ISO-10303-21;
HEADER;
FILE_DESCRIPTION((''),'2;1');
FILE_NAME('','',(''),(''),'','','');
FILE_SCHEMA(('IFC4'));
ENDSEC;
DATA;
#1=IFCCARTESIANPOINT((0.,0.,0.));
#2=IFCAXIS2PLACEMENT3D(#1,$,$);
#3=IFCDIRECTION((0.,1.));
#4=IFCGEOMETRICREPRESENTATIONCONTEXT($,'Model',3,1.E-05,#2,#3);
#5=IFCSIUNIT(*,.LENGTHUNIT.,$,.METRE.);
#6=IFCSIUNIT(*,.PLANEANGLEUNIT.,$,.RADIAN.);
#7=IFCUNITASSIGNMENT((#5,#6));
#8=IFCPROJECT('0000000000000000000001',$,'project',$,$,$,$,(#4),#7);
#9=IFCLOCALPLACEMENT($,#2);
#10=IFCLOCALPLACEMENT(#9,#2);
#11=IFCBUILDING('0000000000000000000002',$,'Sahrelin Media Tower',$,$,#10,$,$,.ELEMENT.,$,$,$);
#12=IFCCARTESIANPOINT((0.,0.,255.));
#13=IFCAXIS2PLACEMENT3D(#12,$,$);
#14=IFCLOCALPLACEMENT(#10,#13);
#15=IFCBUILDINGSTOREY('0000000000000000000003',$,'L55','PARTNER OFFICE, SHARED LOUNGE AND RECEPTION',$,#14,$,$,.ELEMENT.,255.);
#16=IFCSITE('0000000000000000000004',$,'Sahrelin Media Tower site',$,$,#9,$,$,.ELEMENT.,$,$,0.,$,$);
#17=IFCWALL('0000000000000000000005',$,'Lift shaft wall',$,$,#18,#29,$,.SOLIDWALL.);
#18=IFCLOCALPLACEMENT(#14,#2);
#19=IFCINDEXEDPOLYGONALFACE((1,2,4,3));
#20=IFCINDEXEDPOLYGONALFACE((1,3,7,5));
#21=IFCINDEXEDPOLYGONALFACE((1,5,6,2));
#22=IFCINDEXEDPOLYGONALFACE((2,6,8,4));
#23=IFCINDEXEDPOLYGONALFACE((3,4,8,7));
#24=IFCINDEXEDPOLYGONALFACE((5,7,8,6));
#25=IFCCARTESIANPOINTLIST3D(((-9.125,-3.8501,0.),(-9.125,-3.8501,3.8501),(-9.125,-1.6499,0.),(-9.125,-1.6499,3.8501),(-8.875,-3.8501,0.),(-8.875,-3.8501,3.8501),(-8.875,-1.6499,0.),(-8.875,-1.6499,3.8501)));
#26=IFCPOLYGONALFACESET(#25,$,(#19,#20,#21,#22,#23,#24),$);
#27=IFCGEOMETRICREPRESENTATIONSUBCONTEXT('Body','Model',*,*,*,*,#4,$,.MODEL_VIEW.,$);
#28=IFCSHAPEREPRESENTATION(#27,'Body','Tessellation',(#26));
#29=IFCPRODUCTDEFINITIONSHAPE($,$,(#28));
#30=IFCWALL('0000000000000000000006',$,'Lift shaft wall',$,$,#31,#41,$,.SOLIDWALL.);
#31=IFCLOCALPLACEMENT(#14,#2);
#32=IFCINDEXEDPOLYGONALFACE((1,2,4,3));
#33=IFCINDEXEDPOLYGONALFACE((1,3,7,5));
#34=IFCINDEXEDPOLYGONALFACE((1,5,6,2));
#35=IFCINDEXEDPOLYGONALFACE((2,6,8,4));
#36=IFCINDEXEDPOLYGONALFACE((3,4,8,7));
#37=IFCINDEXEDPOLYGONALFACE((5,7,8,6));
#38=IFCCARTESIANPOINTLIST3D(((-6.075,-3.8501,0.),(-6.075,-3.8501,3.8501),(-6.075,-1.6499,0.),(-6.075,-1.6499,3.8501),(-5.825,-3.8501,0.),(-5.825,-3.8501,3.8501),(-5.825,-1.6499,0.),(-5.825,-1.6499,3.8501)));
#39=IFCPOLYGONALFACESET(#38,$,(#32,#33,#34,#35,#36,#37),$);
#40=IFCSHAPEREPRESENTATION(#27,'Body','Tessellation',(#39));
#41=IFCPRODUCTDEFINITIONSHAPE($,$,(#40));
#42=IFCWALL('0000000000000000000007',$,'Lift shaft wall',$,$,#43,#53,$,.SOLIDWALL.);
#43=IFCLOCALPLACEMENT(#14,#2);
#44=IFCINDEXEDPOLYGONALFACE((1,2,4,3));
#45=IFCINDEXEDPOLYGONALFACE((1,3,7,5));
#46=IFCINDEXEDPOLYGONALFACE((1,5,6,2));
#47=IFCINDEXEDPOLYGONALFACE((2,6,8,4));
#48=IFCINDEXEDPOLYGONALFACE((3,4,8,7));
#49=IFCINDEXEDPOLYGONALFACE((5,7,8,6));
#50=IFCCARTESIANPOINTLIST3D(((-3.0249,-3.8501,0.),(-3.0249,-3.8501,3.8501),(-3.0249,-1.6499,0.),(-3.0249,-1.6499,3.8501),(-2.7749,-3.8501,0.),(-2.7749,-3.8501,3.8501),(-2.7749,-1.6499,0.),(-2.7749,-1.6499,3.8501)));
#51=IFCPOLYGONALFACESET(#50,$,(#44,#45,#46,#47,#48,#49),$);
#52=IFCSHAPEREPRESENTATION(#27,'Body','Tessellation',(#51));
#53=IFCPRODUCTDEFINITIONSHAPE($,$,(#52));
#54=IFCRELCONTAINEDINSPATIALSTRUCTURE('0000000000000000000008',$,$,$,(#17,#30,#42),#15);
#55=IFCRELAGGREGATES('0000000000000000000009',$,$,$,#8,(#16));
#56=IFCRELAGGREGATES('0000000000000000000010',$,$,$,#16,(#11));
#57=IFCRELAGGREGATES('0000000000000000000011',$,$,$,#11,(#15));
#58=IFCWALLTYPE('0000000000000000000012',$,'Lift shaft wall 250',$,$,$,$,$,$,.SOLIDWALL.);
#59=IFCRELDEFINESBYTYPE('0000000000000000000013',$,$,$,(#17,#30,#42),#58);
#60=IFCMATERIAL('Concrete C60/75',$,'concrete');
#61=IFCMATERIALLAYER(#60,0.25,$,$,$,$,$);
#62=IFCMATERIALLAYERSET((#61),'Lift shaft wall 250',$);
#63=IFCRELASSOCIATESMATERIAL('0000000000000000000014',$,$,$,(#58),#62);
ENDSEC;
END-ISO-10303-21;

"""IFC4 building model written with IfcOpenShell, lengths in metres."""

from ifc_helpers import new_model, si_unit, direction, frame, frame_2d, origin, place, context, subcontext, project, spatial, rectangle, extrude, material, layer, layer_set, type_object, element, save


model = new_model("IFC4")

# Units and contexts
model_context = context("Model", 3, precision=1e-05, world=origin(), true_north=direction((0.0, 1.0)))
body_context = subcontext(model_context, "Body", "Model", "MODEL_VIEW")
ifc_project = project(units=[si_unit("LENGTHUNIT", "METRE"), si_unit("PLANEANGLEUNIT", "RADIAN")], contexts=[model_context])

# Site, building, storey
site_placement = place(None, origin())
site = spatial("IfcSite", under=ifc_project, at=site_placement, Name="Sahrelin Media Tower site", CompositionType="ELEMENT", RefElevation=0.0)
building_placement = place(site_placement, origin())
building = spatial("IfcBuilding", under=site, at=building_placement, Name="Sahrelin Media Tower", CompositionType="ELEMENT")
storey_placement = place(building_placement, frame((0.0, 0.0, 255.0)))
storey = spatial("IfcBuildingStorey", under=building, at=storey_placement, Name="L55", Description="PARTNER OFFICE, SHARED LOUNGE AND RECEPTION", CompositionType="ELEMENT", Elevation=255.0)

# Shared definitions
ifc_material_1 = material(Name="Concrete C60/75", Category="concrete")

# Shared definitions
ifc_layer_1 = layer(ifc_material_1, 0.25)
ifc_layer_set_1 = layer_set([ifc_layer_1], Name="Lift shaft wall 250")
wall_type_1 = type_object("IfcWallType", Name="Lift shaft wall 250", PredefinedType="SOLIDWALL", material=ifc_layer_set_1)

# Walls
for number, where, z_axis, x_axis, name in (
    (1, (-9.0, -3.8501, 0.0), (0.0, 0.0, 1.0), (0.0, 1.0, 0.0), "Lift shaft wall"),
    (2, (-5.95, -3.8501, 0.0), (0.0, 0.0, 1.0), (0.0, 1.0, 0.0), "Lift shaft wall"),
    (3, (-2.8999, -3.8501, 0.0), (0.0, 0.0, 1.0), (0.0, 1.0, 0.0), "Lift shaft wall"),
):
    element("IfcWall", number, at=place(storey_placement, frame(where, z_axis=z_axis, x_axis=x_axis)), inside=storey, type_object=wall_type_1, Name=name, PredefinedType="SOLIDWALL", context=body_context, shape_type="SweptSolid", body=[
        extrude(rectangle(XDim=2.2002, YDim=0.25, at=frame_2d((1.1001, 0.0))), origin(), (0.0, 0.0, 1.0), 3.8501),
    ])

save(model, "model.ifc")
